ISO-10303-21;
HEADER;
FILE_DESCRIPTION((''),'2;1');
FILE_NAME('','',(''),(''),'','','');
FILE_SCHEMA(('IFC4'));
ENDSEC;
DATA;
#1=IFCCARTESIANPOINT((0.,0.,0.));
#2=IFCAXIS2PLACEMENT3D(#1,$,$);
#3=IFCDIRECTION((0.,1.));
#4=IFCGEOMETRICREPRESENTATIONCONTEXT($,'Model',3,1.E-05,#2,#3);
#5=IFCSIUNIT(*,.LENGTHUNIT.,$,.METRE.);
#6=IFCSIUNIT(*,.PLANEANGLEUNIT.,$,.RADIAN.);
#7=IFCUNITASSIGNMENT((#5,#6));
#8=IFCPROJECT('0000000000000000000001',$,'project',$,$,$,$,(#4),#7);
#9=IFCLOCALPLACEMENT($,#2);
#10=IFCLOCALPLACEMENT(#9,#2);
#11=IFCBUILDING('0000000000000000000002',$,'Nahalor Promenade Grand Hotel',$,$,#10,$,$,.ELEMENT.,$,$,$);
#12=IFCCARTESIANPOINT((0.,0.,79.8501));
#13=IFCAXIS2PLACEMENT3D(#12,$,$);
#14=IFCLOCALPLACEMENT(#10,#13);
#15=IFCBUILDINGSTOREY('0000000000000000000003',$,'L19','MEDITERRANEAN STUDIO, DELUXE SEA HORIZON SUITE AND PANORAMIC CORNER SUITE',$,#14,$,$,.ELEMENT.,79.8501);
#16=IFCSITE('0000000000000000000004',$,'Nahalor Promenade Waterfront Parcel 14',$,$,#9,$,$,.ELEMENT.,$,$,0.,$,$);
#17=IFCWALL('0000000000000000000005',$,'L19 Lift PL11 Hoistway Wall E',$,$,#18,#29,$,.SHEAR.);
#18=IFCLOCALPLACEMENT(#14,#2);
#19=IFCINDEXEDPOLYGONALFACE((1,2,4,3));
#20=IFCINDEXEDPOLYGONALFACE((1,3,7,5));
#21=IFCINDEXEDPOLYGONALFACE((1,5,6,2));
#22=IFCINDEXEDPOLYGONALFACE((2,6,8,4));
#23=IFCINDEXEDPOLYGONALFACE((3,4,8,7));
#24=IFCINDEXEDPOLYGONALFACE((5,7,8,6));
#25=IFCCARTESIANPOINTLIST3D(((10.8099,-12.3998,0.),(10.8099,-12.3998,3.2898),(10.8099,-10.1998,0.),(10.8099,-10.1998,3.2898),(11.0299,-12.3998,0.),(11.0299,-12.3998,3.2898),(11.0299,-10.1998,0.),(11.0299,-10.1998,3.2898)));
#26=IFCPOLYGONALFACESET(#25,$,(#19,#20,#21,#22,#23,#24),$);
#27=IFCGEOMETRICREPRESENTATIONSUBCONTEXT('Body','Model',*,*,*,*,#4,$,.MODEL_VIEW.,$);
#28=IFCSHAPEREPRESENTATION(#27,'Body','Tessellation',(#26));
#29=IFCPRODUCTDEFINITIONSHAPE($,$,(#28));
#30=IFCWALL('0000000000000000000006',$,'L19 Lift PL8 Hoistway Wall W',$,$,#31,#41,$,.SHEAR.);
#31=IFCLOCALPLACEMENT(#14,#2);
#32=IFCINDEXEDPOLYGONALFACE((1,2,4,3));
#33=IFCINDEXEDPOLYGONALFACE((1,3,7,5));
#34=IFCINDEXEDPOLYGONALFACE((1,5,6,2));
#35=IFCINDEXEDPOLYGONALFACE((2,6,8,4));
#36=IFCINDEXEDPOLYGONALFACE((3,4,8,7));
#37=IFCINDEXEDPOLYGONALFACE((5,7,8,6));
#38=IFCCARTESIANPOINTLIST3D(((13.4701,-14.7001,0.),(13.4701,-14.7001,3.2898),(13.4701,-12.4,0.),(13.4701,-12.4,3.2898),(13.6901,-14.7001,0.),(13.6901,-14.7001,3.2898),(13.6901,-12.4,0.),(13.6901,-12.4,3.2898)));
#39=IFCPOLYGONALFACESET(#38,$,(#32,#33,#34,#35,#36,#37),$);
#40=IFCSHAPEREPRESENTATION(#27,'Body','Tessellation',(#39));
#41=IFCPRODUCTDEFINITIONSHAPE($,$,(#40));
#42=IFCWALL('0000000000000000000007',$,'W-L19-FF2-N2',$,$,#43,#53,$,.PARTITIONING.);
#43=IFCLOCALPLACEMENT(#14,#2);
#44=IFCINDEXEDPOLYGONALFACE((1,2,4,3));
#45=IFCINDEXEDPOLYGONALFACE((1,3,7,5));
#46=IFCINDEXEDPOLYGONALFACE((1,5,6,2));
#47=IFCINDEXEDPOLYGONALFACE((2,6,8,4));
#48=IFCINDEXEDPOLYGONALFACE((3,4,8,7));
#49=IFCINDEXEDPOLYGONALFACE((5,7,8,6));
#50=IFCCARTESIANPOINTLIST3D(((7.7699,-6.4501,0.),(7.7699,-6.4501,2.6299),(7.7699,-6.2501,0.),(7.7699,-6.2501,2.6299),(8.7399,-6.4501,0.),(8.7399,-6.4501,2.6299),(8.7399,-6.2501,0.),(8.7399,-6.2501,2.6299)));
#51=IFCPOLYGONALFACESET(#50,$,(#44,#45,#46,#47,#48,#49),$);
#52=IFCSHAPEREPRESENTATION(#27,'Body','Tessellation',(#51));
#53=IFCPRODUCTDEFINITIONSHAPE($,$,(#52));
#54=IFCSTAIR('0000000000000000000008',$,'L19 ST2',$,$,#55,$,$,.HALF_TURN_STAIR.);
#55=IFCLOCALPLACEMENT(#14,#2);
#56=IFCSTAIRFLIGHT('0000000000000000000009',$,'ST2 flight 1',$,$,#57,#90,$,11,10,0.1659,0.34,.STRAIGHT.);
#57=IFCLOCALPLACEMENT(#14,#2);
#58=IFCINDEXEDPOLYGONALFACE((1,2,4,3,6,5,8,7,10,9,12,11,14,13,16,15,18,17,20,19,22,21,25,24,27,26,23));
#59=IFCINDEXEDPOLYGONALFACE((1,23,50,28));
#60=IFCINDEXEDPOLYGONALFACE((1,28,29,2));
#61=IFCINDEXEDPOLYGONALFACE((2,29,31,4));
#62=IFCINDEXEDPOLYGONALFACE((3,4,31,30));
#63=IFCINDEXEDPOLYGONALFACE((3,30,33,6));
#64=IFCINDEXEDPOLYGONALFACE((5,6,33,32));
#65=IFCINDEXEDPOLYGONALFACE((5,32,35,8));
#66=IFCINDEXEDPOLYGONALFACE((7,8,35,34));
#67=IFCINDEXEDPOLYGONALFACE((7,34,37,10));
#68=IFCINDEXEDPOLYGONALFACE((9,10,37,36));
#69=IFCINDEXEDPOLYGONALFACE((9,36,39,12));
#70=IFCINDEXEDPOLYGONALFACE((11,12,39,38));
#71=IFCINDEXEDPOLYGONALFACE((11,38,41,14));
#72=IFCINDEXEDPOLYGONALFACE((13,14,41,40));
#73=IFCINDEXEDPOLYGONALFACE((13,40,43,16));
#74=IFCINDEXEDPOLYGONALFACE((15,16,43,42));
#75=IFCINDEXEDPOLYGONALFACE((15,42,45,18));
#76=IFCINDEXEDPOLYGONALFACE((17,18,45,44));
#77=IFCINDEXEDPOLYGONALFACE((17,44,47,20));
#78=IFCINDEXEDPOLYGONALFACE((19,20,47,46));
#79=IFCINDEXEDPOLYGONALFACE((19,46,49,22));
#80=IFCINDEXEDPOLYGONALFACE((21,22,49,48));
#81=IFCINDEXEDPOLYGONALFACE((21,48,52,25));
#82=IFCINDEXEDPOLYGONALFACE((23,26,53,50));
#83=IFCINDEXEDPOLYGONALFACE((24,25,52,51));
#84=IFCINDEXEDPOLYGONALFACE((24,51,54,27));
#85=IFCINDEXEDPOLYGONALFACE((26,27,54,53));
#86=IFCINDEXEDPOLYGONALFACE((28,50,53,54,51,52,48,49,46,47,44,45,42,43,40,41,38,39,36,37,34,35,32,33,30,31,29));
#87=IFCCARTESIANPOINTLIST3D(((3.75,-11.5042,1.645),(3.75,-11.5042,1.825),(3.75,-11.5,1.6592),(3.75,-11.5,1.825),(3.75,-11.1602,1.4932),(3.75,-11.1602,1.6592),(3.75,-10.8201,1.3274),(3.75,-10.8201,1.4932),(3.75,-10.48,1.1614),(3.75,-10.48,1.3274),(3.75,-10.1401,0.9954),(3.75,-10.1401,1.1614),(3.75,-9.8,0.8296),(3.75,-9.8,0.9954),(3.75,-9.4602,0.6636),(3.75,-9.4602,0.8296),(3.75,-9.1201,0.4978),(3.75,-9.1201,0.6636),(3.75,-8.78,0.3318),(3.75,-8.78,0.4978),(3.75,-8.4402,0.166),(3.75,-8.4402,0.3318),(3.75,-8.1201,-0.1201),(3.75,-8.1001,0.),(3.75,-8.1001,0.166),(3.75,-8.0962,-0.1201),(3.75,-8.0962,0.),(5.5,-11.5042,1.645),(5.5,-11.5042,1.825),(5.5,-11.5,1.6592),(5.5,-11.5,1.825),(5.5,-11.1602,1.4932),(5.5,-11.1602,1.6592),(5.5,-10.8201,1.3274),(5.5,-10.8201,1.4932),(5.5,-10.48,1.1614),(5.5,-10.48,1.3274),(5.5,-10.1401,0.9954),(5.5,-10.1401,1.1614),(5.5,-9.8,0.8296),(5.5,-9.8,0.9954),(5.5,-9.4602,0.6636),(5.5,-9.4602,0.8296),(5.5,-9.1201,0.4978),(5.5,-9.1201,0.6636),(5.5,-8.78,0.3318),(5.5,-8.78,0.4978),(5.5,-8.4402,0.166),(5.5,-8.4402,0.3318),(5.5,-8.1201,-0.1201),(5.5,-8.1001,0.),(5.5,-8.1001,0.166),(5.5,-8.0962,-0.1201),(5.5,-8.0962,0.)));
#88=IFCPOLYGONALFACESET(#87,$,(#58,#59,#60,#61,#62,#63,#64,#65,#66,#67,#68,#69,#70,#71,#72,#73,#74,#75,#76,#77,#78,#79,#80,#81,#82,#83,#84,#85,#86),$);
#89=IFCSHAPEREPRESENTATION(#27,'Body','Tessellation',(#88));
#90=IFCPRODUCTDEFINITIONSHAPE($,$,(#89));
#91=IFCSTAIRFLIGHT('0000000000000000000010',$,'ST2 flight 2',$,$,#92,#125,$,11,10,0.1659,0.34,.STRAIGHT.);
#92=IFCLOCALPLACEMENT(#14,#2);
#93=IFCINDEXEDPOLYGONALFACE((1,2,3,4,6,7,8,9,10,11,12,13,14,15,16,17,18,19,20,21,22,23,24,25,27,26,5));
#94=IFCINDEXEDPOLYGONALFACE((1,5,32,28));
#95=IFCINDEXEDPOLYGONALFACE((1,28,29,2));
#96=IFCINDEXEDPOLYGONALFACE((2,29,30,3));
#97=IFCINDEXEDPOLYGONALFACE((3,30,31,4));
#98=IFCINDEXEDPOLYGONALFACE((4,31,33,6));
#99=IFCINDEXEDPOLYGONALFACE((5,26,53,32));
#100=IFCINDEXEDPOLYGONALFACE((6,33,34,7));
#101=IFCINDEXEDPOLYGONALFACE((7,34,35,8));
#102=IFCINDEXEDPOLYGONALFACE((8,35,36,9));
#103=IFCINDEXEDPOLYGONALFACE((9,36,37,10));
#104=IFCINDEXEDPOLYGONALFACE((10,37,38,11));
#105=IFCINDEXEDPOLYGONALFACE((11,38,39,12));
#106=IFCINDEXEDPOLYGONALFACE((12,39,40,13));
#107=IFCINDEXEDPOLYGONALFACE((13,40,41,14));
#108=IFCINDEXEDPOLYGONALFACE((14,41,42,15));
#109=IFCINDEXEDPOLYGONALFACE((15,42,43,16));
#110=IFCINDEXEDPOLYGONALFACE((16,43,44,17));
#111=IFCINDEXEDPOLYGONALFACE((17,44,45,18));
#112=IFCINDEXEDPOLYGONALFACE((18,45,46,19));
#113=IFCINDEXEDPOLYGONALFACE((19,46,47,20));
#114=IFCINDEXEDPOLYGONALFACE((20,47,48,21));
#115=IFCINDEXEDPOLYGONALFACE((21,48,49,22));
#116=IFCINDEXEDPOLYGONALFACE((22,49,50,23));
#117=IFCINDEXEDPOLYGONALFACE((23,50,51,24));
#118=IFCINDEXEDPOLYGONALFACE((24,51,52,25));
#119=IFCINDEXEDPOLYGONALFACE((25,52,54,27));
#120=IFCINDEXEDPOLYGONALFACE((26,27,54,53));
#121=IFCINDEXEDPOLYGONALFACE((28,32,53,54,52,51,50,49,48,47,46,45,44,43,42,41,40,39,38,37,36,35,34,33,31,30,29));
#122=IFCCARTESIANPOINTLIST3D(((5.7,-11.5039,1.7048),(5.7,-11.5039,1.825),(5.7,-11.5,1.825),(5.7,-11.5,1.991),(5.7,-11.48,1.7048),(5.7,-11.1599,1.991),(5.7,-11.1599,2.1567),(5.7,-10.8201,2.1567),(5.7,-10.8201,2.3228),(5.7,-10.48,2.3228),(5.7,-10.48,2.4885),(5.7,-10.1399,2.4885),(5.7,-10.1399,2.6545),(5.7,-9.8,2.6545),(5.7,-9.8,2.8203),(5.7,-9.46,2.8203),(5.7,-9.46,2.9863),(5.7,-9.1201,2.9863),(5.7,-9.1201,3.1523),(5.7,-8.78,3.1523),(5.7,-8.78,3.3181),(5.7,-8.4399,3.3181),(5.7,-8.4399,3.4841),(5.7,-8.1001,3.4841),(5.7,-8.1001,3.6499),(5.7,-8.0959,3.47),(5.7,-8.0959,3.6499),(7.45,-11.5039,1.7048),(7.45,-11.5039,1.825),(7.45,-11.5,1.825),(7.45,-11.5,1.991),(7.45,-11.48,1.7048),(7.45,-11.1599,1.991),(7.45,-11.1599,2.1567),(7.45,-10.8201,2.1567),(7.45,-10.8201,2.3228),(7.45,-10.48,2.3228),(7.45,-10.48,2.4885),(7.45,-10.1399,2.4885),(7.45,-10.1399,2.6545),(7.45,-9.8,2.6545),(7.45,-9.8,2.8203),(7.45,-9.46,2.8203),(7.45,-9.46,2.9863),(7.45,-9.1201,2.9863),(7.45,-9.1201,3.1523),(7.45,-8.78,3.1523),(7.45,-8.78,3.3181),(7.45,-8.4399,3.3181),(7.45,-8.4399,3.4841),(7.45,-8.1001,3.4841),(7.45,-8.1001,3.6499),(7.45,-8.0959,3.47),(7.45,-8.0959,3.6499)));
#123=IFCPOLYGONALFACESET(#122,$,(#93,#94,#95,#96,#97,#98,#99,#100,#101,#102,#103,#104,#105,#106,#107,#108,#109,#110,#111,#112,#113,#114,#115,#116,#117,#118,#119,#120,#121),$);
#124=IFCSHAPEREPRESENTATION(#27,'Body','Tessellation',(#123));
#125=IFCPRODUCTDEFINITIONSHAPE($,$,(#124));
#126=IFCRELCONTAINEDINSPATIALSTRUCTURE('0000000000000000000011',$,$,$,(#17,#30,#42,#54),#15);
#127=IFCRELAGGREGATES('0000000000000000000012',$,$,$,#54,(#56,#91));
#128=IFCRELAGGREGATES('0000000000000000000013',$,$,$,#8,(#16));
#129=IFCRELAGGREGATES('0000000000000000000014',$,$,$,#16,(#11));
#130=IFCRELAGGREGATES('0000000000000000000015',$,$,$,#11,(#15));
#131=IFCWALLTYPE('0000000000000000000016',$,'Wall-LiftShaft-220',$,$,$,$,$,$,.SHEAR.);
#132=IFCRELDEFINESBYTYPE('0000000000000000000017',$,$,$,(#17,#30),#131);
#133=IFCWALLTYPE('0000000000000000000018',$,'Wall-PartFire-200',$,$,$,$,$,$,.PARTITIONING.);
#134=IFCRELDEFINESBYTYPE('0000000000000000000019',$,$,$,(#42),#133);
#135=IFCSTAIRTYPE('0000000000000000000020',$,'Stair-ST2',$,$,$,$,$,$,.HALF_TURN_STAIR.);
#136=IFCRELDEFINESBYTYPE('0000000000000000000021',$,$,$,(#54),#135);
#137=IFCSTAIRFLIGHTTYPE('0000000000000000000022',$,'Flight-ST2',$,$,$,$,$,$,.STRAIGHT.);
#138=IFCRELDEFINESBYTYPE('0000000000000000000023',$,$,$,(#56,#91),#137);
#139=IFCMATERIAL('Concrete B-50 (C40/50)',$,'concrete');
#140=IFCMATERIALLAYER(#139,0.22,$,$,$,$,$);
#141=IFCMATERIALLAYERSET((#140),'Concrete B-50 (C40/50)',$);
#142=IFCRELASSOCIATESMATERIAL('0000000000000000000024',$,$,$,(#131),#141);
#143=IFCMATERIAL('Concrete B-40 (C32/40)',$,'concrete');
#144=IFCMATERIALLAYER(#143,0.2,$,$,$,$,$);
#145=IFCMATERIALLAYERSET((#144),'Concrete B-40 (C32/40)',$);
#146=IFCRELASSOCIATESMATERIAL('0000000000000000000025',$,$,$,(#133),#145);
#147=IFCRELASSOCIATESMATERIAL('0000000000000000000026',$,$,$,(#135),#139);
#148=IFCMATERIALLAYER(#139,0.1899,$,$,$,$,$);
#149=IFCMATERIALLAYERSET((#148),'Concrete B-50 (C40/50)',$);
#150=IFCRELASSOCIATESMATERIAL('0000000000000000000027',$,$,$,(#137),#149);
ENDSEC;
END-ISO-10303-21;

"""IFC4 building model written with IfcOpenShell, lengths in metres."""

from ifc_helpers import new_model, si_unit, direction, frame, frame_2d, origin, place, context, subcontext, project, spatial, polyline, rectangle, outline, extrude, source, transform, mapped, material, layer, layer_set, type_object, element, aggregate, save


model = new_model("IFC4")

# Units and contexts
model_context = context("Model", 3, precision=1e-05, world=origin(), true_north=direction((0.0, 1.0)))
body_context = subcontext(model_context, "Body", "Model", "MODEL_VIEW")
ifc_project = project(units=[si_unit("LENGTHUNIT", "METRE"), si_unit("PLANEANGLEUNIT", "RADIAN")], contexts=[model_context])

# Site, building, storey
site_placement = place(None, origin())
site = spatial("IfcSite", under=ifc_project, at=site_placement, Name="Nahalor Promenade Waterfront Parcel 14", CompositionType="ELEMENT", RefElevation=0.0)
building_placement = place(site_placement, origin())
building = spatial("IfcBuilding", under=site, at=building_placement, Name="Nahalor Promenade Grand Hotel", CompositionType="ELEMENT")
storey_placement = place(building_placement, frame((0.0, 0.0, 79.8501)))
storey = spatial("IfcBuildingStorey", under=building, at=storey_placement, Name="L19", Description="MEDITERRANEAN STUDIO, DELUXE SEA HORIZON SUITE AND PANORAMIC CORNER SUITE", CompositionType="ELEMENT", Elevation=79.8501)

# Walls
ifc_material_1 = material(Name="Concrete B-50 (C40/50)", Category="concrete")
ifc_layer_1 = layer(ifc_material_1, 0.22)
ifc_layer_set_1 = layer_set([ifc_layer_1], Name="Concrete B-50 (C40/50)")
wall_type_1 = type_object("IfcWallType", Name="Wall-LiftShaft-220", PredefinedType="SHEAR", material=ifc_layer_set_1)
shared_shape_1 = source(origin(), body_context, "Body", "SweptSolid", [
    extrude(rectangle(XDim=2.2, YDim=0.22, at=frame_2d((1.1001, 0.0))), origin(), (0.0, 0.0, 1.0), 3.2898),
])
for number, where, z_axis, x_axis, name in (
    (1, (10.9199, -12.3999, 0.0), (0.0, 0.0, 1.0), (0.0, 1.0, 0.0), "L19 Lift PL11 Hoistway Wall E"),
):
    element("IfcWall", number, at=place(storey_placement, frame(where, z_axis=z_axis, x_axis=x_axis)), inside=storey, type_object=wall_type_1, Name=name, PredefinedType="SHEAR", context=body_context, shape_type="MappedRepresentation", body=[
        mapped(shared_shape_1, transform((0.0, 0.0, 0.0), scale=1.0)),
    ])
shared_shape_2 = source(origin(), body_context, "Body", "SweptSolid", [
    extrude(rectangle(XDim=2.3, YDim=0.22, at=frame_2d((1.1499, 0.0))), origin(), (0.0, 0.0, 1.0), 3.2898),
])
wall_1_placement = place(storey_placement, frame((13.5801, -14.7, 0.0), z_axis=(0.0, 0.0, 1.0), x_axis=(0.0, 1.0, 0.0)))
element("IfcWall", 2, at=wall_1_placement, inside=storey, type_object=wall_type_1, Name="L19 Lift PL8 Hoistway Wall W", PredefinedType="SHEAR", context=body_context, shape_type="MappedRepresentation", body=[
    mapped(shared_shape_2, transform((0.0, 0.0, 0.0), scale=1.0)),
])

# Shared definitions
ifc_material_2 = material(Name="Concrete B-40 (C32/40)", Category="concrete")
ifc_layer_2 = layer(ifc_material_2, 0.2)
ifc_layer_set_2 = layer_set([ifc_layer_2], Name="Concrete B-40 (C32/40)")
wall_type_2 = type_object("IfcWallType", Name="Wall-PartFire-200", PredefinedType="PARTITIONING", material=ifc_layer_set_2)

# Wall
shared_shape_3 = source(origin(), body_context, "Body", "SweptSolid", [
    extrude(rectangle(XDim=0.97, YDim=0.2, at=frame_2d((0.4849, 0.0))), origin(), (0.0, 0.0, 1.0), 2.6299),
])
wall_2_placement = place(storey_placement, frame((7.77, -6.3501, 0.0), z_axis=(0.0, 0.0, 1.0), x_axis=(1.0, 0.0, 0.0)))
element("IfcWall", 3, at=wall_2_placement, inside=storey, type_object=wall_type_2, Name="W-L19-FF2-N2", PredefinedType="PARTITIONING", context=body_context, shape_type="MappedRepresentation", body=[
    mapped(shared_shape_3, transform((0.0, 0.0, 0.0), scale=1.0)),
])

# Stair, stair flights
stair_type = type_object("IfcStairType", Name="Stair-ST2", PredefinedType="HALF_TURN_STAIR", material=ifc_material_1)
stair_placement = place(storey_placement, origin())
stair = element("IfcStair", 4, at=stair_placement, inside=storey, type_object=stair_type, Name="L19 ST2", PredefinedType="HALF_TURN_STAIR")
ifc_layer_3 = layer(ifc_material_1, 0.1899)
ifc_layer_set_3 = layer_set([ifc_layer_3], Name="Concrete B-50 (C40/50)")
stair_flight_type = type_object("IfcStairFlightType", Name="Flight-ST2", PredefinedType="STRAIGHT", material=ifc_layer_set_3)
shared_shape_4 = source(origin(), body_context, "Body", "SweptSolid", [
    extrude(outline(polyline([(-0.0039, -0.1201), (-0.0039, 0.0), (0.0, 0.0), (0.0, 0.166), (0.3401, 0.166), (0.3401, 0.3318), (0.6799, 0.3318), (0.6799, 0.4978), (1.02, 0.4978), (1.02, 0.6636), (1.3601, 0.6636), (1.3601, 0.8296), (1.7, 0.8296), (1.7, 0.9954), (2.04, 0.9954), (2.04, 1.1614), (2.3799, 1.1614), (2.3799, 1.3274), (2.72, 1.3274), (2.72, 1.4932), (3.0601, 1.4932), (3.0601, 1.6592), (3.3999, 1.6592), (3.3999, 1.825), (3.4041, 1.825), (3.4041, 1.645), (0.02, -0.1201), (-0.0039, -0.1201)])), frame((0.0, 0.875, 0.0), z_axis=(0.0, -1.0, 0.0), x_axis=(1.0, 0.0, 0.0)), (0.0, 0.0, 1.0), 1.75),
])
stair_flight_1_placement = place(storey_placement, frame((4.625, -8.1001, 0.0), z_axis=(0.0, 0.0, 1.0), x_axis=(0.0, -1.0, 0.0)))
stair_flight_1 = element("IfcStairFlight", 5, at=stair_flight_1_placement, type_object=stair_flight_type, Name="ST2 flight 1", NumberOfRisers=11, NumberOfTreads=10, PredefinedType="STRAIGHT", RiserHeight=0.1659, TreadLength=0.34, context=body_context, shape_type="MappedRepresentation", body=[
    mapped(shared_shape_4, transform((0.0, 0.0, 0.0), scale=1.0)),
])
stair_flight_2_placement = place(storey_placement, frame((6.575, -11.5, 1.825), z_axis=(0.0, 0.0, 1.0), x_axis=(0.0, 1.0, 0.0)))
stair_flight_2 = element("IfcStairFlight", 6, at=stair_flight_2_placement, type_object=stair_flight_type, Name="ST2 flight 2", NumberOfRisers=11, NumberOfTreads=10, PredefinedType="STRAIGHT", RiserHeight=0.1659, TreadLength=0.34, context=body_context, shape_type="MappedRepresentation", body=[
    mapped(shared_shape_4, transform((0.0, 0.0, 0.0), scale=1.0)),
])
aggregate(stair, [stair_flight_1, stair_flight_2])

save(model, "model.ifc")
